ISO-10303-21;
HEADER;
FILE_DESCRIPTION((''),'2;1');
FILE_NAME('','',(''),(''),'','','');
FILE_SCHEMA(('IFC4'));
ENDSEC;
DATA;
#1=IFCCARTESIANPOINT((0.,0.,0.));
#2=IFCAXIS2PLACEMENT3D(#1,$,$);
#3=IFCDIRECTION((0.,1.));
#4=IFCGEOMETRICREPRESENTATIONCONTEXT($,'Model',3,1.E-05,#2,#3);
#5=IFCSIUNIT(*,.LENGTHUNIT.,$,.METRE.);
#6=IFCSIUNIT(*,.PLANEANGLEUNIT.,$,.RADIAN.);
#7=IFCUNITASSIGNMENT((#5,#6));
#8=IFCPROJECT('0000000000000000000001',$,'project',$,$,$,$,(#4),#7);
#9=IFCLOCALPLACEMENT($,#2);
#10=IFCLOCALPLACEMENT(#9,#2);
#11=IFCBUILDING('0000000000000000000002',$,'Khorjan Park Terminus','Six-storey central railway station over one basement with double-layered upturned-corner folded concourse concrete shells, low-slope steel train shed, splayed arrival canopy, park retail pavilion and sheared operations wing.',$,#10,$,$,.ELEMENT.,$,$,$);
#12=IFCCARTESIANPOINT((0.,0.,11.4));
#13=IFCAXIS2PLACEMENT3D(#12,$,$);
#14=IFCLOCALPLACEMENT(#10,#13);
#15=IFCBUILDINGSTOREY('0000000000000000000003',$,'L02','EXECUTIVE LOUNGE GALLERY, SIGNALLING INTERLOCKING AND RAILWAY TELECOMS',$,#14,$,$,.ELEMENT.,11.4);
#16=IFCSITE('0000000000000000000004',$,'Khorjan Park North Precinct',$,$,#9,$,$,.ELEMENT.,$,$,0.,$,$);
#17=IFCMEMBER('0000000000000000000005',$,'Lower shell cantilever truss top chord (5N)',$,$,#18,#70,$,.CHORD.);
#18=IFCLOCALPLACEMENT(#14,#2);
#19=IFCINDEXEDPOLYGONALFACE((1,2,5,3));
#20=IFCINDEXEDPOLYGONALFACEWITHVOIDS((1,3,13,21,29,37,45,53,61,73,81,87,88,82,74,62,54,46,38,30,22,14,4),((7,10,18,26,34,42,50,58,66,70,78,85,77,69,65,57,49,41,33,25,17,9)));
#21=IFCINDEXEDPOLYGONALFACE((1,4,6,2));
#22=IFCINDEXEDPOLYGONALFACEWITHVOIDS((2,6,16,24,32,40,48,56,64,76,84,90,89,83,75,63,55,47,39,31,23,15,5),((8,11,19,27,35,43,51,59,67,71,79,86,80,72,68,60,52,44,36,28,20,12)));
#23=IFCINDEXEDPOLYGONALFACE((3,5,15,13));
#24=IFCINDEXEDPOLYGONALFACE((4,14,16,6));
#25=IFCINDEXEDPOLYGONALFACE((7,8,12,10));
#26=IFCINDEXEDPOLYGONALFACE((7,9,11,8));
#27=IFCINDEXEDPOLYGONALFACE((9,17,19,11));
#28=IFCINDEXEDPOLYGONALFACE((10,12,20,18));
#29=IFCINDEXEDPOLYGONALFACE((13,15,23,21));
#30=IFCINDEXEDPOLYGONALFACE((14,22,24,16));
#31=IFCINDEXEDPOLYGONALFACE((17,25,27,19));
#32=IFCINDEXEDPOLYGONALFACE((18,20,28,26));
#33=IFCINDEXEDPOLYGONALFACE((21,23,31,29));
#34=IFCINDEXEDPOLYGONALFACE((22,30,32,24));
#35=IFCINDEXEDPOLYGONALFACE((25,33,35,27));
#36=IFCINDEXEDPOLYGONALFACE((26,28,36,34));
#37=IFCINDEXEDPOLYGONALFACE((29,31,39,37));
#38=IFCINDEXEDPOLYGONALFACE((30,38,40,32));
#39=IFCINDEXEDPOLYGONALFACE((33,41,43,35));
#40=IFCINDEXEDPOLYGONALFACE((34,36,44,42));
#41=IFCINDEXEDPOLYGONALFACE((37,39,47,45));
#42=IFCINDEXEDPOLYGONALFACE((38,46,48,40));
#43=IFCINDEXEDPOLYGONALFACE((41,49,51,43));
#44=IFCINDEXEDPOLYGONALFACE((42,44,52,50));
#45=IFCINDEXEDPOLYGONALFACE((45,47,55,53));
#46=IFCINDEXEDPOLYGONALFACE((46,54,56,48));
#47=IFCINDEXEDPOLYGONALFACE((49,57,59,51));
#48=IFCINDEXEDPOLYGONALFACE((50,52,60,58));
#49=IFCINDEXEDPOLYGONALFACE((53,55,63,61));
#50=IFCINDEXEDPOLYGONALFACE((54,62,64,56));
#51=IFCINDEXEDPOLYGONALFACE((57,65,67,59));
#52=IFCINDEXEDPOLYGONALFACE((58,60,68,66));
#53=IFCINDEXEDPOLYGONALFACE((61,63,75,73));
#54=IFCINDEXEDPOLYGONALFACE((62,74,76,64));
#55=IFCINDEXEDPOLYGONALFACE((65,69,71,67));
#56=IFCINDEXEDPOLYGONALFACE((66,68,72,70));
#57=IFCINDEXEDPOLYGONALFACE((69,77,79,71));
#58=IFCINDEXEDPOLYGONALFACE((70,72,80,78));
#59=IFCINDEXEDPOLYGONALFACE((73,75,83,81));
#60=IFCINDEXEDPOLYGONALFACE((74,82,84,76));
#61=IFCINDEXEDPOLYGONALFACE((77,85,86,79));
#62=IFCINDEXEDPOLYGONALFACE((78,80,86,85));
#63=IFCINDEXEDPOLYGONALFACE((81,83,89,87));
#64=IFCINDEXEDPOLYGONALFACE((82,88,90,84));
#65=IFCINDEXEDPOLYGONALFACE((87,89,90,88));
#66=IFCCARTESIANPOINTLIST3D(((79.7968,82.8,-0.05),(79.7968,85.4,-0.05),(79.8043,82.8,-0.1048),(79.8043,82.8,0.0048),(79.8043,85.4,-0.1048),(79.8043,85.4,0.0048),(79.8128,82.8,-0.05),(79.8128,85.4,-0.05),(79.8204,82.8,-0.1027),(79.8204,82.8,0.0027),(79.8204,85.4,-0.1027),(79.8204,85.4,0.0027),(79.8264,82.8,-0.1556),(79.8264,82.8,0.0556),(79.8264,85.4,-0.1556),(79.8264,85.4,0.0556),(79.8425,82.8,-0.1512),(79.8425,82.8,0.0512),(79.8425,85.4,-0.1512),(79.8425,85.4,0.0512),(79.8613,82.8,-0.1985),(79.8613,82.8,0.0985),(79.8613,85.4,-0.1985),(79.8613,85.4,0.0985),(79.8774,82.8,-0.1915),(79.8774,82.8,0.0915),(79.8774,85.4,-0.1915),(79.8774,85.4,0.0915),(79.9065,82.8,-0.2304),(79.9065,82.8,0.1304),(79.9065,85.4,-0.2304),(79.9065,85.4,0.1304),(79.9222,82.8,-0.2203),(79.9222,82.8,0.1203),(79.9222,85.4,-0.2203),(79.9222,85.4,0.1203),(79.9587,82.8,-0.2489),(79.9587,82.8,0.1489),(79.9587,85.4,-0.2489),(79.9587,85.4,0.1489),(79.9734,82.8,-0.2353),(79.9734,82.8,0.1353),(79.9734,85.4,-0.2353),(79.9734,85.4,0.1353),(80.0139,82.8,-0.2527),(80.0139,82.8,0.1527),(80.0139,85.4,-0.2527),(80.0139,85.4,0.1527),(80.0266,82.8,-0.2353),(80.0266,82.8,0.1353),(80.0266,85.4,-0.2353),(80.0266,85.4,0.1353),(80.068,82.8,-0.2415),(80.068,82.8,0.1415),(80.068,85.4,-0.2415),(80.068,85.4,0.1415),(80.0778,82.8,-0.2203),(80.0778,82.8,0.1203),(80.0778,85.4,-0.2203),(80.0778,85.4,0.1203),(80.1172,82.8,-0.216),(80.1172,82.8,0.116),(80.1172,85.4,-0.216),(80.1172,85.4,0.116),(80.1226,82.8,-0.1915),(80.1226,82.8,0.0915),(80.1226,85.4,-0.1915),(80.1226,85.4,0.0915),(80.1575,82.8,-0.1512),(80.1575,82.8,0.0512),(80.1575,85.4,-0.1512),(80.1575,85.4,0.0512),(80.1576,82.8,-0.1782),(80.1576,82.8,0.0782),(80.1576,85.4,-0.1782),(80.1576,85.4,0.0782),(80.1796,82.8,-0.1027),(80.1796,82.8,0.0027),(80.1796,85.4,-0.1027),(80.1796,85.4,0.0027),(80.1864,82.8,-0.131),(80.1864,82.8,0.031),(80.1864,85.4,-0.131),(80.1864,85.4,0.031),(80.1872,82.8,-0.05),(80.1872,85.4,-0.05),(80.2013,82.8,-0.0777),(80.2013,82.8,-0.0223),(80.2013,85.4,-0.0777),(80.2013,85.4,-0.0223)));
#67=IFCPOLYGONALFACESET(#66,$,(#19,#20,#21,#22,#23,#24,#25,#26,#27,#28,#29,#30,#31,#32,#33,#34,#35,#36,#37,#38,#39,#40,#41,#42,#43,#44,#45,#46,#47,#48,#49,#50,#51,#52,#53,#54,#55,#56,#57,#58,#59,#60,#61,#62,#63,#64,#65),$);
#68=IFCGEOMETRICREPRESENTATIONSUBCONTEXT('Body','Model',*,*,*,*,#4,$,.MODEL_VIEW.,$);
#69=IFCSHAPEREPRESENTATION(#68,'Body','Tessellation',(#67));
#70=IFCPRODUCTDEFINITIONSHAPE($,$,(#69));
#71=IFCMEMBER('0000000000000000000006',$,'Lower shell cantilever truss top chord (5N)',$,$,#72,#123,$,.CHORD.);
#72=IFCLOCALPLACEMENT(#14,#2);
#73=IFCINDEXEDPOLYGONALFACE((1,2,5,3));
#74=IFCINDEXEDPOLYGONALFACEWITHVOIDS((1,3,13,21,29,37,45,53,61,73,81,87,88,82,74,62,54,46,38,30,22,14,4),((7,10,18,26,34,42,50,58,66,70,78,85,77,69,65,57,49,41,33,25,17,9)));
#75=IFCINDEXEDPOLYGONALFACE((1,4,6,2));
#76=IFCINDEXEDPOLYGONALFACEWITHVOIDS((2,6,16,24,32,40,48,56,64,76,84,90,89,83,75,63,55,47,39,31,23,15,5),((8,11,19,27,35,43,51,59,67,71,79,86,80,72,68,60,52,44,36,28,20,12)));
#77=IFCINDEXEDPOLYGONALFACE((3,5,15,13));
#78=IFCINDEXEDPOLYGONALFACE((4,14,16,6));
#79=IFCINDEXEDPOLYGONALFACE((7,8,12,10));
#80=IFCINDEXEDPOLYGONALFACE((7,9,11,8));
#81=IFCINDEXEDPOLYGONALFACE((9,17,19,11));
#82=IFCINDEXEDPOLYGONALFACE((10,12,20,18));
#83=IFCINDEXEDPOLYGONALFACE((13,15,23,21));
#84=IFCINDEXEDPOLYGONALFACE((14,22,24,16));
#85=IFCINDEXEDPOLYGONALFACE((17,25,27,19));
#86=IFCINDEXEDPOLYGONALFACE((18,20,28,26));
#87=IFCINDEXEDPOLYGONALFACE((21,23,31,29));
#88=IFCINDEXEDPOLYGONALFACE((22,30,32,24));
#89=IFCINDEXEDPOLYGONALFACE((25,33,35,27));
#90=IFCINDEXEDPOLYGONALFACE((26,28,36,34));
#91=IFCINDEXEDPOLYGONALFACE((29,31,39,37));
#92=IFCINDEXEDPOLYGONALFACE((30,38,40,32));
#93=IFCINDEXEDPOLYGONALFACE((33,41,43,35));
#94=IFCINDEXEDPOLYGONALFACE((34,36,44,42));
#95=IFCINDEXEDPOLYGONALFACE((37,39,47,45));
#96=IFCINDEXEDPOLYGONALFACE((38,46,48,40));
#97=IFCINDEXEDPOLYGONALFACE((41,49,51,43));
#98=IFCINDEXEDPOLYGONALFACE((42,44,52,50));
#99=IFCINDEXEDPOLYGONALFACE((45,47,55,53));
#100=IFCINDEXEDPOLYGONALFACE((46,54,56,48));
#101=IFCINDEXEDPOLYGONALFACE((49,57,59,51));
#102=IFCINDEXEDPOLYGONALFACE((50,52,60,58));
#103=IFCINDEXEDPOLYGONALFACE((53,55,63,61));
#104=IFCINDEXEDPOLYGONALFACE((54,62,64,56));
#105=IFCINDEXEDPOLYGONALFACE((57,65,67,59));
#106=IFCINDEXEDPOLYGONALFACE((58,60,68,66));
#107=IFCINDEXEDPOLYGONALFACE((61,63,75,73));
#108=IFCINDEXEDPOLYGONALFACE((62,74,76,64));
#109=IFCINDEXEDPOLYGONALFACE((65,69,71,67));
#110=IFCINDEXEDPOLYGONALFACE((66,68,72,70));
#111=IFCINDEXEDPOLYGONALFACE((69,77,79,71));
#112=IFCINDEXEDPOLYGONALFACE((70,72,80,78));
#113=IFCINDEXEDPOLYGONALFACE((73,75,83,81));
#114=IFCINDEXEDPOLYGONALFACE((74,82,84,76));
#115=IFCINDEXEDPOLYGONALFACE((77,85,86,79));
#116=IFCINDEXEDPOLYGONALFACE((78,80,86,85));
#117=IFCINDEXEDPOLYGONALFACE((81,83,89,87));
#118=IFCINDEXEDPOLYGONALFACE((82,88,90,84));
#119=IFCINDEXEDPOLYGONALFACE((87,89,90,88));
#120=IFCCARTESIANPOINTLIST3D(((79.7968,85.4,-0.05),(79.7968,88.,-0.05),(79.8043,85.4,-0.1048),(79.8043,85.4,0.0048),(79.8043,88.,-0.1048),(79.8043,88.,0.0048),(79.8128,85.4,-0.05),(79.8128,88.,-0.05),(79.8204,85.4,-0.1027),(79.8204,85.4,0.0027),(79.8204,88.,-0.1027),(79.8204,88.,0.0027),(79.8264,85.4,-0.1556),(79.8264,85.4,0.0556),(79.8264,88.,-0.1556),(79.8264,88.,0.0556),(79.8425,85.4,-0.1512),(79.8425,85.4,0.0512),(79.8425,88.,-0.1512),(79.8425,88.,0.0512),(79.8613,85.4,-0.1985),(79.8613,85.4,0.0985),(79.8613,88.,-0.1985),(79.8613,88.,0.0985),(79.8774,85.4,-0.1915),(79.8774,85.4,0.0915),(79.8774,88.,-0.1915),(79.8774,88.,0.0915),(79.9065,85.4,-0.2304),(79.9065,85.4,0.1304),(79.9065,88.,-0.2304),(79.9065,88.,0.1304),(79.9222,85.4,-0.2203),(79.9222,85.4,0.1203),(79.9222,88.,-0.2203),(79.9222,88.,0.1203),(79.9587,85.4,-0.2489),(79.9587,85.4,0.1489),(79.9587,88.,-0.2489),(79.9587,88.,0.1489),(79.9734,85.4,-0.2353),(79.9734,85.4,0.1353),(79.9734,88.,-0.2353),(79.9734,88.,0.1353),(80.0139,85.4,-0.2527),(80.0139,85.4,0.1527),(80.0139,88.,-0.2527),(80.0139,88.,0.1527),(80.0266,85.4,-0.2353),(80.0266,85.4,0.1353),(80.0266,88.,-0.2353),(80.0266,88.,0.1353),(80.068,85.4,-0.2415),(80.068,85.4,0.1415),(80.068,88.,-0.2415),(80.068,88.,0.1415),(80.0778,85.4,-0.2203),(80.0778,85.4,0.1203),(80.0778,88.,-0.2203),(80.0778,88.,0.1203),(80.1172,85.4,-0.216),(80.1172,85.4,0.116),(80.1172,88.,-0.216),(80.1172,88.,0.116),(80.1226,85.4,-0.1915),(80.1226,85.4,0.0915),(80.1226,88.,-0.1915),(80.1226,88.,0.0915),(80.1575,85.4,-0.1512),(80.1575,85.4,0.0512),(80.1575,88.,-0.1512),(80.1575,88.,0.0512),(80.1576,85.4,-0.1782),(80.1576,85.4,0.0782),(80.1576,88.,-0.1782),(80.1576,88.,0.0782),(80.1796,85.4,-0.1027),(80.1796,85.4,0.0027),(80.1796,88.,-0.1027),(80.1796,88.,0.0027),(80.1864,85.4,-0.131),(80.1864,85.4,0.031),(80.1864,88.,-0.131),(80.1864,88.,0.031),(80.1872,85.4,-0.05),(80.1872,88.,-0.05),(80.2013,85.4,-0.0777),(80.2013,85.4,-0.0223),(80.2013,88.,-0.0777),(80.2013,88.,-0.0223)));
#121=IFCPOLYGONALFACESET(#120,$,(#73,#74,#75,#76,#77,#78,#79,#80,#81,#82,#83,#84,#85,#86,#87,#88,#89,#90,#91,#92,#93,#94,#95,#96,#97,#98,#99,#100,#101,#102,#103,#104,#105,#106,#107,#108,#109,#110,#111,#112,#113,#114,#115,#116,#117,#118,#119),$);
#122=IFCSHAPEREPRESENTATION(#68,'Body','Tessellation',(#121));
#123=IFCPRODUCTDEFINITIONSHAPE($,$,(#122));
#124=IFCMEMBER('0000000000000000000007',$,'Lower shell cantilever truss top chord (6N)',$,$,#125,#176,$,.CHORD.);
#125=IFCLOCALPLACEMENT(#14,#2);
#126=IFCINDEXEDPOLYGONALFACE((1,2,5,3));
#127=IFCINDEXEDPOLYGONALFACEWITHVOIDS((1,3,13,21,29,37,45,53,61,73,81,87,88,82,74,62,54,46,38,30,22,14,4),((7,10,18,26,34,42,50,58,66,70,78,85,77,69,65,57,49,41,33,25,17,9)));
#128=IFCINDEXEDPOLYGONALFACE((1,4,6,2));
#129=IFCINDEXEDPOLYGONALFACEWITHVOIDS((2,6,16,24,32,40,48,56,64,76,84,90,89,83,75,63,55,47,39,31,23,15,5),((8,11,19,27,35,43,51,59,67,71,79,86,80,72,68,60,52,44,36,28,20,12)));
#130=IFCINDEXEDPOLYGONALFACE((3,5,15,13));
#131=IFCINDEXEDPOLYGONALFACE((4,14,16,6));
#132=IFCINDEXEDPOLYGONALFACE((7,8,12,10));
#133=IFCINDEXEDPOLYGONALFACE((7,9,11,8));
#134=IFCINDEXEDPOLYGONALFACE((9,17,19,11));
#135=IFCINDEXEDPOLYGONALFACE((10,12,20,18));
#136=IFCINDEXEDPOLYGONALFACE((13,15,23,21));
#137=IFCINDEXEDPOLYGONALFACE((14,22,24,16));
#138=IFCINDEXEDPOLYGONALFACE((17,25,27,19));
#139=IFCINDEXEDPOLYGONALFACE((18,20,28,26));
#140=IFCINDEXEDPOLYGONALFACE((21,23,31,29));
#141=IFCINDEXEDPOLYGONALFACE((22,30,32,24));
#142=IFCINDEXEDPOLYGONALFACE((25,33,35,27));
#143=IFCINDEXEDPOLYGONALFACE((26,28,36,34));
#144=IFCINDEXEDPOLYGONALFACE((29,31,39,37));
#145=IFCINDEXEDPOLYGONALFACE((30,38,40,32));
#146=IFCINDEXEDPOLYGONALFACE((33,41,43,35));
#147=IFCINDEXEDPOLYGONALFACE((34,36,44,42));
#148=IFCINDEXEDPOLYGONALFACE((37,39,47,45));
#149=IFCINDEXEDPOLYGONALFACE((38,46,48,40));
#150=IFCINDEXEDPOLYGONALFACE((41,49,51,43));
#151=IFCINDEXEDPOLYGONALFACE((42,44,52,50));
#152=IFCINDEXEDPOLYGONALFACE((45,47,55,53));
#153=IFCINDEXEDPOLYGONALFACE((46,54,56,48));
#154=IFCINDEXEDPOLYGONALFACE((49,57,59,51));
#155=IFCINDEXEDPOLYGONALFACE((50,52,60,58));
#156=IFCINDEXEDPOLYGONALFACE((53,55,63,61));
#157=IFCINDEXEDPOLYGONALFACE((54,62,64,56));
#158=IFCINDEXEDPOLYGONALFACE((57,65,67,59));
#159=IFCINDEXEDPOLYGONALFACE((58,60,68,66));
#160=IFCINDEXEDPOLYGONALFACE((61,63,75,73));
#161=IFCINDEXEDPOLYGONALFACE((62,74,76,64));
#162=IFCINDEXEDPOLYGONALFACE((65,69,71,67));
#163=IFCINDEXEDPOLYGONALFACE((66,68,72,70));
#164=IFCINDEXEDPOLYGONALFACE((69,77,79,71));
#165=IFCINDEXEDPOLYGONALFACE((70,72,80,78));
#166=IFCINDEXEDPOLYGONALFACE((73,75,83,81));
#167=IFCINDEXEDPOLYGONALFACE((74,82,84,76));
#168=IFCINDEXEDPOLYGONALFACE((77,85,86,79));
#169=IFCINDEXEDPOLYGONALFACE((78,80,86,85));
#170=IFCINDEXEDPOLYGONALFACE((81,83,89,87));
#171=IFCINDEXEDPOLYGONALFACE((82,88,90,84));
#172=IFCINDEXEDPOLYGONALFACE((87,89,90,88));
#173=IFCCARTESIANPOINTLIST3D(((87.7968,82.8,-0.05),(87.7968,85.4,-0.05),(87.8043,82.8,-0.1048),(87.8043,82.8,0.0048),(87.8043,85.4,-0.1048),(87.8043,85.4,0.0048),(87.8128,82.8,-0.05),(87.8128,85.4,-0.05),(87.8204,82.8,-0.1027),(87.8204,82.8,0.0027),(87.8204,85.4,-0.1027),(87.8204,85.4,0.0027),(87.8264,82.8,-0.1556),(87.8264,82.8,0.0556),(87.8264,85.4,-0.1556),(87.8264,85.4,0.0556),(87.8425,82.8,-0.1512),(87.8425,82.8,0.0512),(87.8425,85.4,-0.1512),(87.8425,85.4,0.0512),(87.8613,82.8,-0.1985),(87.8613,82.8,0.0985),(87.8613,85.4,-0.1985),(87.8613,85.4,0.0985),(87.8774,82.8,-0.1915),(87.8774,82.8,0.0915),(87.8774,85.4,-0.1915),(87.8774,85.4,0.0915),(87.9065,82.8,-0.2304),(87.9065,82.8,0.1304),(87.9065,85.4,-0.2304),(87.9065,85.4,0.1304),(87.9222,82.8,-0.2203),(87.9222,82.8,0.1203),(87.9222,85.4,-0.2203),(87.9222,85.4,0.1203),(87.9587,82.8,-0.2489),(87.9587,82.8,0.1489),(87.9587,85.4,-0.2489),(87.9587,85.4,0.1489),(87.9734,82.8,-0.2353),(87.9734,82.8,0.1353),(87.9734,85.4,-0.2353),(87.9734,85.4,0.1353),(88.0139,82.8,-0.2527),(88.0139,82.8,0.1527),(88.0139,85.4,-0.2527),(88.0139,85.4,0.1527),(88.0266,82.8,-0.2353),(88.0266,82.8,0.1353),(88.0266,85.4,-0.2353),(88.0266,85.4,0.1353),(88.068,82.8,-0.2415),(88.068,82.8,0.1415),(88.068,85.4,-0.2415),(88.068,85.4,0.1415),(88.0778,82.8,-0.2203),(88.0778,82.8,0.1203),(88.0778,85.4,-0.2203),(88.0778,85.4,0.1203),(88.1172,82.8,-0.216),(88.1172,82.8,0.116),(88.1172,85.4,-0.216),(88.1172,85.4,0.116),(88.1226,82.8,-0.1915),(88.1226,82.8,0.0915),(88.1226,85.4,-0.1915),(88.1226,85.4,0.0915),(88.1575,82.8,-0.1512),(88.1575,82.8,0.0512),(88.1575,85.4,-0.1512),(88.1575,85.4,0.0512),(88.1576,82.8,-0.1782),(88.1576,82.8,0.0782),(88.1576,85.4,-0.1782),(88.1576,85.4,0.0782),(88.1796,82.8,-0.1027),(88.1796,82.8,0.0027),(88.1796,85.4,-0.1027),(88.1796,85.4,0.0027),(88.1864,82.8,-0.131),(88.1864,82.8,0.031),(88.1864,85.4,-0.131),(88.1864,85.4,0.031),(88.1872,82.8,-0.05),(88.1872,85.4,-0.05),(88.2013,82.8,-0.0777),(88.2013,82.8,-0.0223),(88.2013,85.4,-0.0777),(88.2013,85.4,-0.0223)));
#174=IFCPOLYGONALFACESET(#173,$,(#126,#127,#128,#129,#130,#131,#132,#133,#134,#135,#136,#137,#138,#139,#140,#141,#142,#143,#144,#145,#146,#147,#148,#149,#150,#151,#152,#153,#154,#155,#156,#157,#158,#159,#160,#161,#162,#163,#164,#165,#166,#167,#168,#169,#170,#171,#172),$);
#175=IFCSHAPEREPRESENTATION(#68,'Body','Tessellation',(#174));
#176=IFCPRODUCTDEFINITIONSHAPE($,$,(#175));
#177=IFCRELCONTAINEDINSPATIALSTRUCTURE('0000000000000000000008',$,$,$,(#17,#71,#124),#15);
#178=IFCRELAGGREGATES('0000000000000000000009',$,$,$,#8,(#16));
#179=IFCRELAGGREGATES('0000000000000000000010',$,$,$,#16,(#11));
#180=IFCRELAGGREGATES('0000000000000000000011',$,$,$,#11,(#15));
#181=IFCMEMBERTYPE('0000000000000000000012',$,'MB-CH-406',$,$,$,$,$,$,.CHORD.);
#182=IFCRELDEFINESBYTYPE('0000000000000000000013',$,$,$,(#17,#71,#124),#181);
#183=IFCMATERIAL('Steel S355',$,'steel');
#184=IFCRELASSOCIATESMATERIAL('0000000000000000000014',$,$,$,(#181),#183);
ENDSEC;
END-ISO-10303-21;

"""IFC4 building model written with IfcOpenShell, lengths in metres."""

from ifc_helpers import new_model, si_unit, direction, frame, origin, origin_2d, place, context, subcontext, project, spatial, hollow_circle, extrude, material, material_profile, profile_set, type_object, element, save


model = new_model("IFC4")

# Units and contexts
model_context = context("Model", 3, precision=1e-05, world=origin(), true_north=direction((0.0, 1.0)))
body_context = subcontext(model_context, "Body", "Model", "MODEL_VIEW")
ifc_project = project(units=[si_unit("LENGTHUNIT", "METRE"), si_unit("PLANEANGLEUNIT", "RADIAN")], contexts=[model_context])

# Site, building, storey
site_placement = place(None, origin())
site = spatial("IfcSite", under=ifc_project, at=site_placement, Name="Khorjan Park North Precinct", CompositionType="ELEMENT", RefElevation=0.0)
building_placement = place(site_placement, origin())
building = spatial("IfcBuilding", under=site, at=building_placement, Name="Khorjan Park Terminus", Description="Six-storey central railway station over one basement with double-layered upturned-corner folded concourse concrete shells, low-slope steel train shed, splayed arrival canopy, park retail pavilion and sheared operations wing.", CompositionType="ELEMENT")
storey_placement = place(building_placement, frame((0.0, 0.0, 11.4)))
storey = spatial("IfcBuildingStorey", under=building, at=storey_placement, Name="L02", Description="EXECUTIVE LOUNGE GALLERY, SIGNALLING INTERLOCKING AND RAILWAY TELECOMS", CompositionType="ELEMENT", Elevation=11.4)

# Members
ifc_material_1 = material(Name="Steel S355", Category="steel")
ifc_material_profile_1 = material_profile(ifc_material_1, hollow_circle(Radius=0.2032, WallThickness=0.016, at=origin_2d()), Name="CHS 406.4x16")
ifc_profile_set_1 = profile_set([ifc_material_profile_1], Name="Steel S355")
member_type_1 = type_object("IfcMemberType", Name="MB-CH-406", PredefinedType="CHORD", material=ifc_profile_set_1)
for number, where, z_axis, x_axis, name in (
    (1, (80.0, 82.8, -0.05), (0.0, 1.0, 0.0), (-1.0, 0.0, 0.0), "Lower shell cantilever truss top chord (5N)"),
    (2, (80.0, 85.4, -0.05), (0.0, 1.0, 0.0), (-1.0, 0.0, 0.0), "Lower shell cantilever truss top chord (5N)"),
    (3, (88.0, 82.8, -0.05), (0.0, 1.0, 0.0), (-1.0, 0.0, 0.0), "Lower shell cantilever truss top chord (6N)"),
):
    element("IfcMember", number, at=place(storey_placement, frame(where, z_axis=z_axis, x_axis=x_axis)), inside=storey, type_object=member_type_1, Name=name, PredefinedType="CHORD", context=body_context, shape_type="SweptSolid", body=[
        extrude(hollow_circle(Radius=0.2032, WallThickness=0.016, at=origin_2d()), origin(), (0.0, 0.0, 1.0), 2.6),
    ])

save(model, "model.ifc")
